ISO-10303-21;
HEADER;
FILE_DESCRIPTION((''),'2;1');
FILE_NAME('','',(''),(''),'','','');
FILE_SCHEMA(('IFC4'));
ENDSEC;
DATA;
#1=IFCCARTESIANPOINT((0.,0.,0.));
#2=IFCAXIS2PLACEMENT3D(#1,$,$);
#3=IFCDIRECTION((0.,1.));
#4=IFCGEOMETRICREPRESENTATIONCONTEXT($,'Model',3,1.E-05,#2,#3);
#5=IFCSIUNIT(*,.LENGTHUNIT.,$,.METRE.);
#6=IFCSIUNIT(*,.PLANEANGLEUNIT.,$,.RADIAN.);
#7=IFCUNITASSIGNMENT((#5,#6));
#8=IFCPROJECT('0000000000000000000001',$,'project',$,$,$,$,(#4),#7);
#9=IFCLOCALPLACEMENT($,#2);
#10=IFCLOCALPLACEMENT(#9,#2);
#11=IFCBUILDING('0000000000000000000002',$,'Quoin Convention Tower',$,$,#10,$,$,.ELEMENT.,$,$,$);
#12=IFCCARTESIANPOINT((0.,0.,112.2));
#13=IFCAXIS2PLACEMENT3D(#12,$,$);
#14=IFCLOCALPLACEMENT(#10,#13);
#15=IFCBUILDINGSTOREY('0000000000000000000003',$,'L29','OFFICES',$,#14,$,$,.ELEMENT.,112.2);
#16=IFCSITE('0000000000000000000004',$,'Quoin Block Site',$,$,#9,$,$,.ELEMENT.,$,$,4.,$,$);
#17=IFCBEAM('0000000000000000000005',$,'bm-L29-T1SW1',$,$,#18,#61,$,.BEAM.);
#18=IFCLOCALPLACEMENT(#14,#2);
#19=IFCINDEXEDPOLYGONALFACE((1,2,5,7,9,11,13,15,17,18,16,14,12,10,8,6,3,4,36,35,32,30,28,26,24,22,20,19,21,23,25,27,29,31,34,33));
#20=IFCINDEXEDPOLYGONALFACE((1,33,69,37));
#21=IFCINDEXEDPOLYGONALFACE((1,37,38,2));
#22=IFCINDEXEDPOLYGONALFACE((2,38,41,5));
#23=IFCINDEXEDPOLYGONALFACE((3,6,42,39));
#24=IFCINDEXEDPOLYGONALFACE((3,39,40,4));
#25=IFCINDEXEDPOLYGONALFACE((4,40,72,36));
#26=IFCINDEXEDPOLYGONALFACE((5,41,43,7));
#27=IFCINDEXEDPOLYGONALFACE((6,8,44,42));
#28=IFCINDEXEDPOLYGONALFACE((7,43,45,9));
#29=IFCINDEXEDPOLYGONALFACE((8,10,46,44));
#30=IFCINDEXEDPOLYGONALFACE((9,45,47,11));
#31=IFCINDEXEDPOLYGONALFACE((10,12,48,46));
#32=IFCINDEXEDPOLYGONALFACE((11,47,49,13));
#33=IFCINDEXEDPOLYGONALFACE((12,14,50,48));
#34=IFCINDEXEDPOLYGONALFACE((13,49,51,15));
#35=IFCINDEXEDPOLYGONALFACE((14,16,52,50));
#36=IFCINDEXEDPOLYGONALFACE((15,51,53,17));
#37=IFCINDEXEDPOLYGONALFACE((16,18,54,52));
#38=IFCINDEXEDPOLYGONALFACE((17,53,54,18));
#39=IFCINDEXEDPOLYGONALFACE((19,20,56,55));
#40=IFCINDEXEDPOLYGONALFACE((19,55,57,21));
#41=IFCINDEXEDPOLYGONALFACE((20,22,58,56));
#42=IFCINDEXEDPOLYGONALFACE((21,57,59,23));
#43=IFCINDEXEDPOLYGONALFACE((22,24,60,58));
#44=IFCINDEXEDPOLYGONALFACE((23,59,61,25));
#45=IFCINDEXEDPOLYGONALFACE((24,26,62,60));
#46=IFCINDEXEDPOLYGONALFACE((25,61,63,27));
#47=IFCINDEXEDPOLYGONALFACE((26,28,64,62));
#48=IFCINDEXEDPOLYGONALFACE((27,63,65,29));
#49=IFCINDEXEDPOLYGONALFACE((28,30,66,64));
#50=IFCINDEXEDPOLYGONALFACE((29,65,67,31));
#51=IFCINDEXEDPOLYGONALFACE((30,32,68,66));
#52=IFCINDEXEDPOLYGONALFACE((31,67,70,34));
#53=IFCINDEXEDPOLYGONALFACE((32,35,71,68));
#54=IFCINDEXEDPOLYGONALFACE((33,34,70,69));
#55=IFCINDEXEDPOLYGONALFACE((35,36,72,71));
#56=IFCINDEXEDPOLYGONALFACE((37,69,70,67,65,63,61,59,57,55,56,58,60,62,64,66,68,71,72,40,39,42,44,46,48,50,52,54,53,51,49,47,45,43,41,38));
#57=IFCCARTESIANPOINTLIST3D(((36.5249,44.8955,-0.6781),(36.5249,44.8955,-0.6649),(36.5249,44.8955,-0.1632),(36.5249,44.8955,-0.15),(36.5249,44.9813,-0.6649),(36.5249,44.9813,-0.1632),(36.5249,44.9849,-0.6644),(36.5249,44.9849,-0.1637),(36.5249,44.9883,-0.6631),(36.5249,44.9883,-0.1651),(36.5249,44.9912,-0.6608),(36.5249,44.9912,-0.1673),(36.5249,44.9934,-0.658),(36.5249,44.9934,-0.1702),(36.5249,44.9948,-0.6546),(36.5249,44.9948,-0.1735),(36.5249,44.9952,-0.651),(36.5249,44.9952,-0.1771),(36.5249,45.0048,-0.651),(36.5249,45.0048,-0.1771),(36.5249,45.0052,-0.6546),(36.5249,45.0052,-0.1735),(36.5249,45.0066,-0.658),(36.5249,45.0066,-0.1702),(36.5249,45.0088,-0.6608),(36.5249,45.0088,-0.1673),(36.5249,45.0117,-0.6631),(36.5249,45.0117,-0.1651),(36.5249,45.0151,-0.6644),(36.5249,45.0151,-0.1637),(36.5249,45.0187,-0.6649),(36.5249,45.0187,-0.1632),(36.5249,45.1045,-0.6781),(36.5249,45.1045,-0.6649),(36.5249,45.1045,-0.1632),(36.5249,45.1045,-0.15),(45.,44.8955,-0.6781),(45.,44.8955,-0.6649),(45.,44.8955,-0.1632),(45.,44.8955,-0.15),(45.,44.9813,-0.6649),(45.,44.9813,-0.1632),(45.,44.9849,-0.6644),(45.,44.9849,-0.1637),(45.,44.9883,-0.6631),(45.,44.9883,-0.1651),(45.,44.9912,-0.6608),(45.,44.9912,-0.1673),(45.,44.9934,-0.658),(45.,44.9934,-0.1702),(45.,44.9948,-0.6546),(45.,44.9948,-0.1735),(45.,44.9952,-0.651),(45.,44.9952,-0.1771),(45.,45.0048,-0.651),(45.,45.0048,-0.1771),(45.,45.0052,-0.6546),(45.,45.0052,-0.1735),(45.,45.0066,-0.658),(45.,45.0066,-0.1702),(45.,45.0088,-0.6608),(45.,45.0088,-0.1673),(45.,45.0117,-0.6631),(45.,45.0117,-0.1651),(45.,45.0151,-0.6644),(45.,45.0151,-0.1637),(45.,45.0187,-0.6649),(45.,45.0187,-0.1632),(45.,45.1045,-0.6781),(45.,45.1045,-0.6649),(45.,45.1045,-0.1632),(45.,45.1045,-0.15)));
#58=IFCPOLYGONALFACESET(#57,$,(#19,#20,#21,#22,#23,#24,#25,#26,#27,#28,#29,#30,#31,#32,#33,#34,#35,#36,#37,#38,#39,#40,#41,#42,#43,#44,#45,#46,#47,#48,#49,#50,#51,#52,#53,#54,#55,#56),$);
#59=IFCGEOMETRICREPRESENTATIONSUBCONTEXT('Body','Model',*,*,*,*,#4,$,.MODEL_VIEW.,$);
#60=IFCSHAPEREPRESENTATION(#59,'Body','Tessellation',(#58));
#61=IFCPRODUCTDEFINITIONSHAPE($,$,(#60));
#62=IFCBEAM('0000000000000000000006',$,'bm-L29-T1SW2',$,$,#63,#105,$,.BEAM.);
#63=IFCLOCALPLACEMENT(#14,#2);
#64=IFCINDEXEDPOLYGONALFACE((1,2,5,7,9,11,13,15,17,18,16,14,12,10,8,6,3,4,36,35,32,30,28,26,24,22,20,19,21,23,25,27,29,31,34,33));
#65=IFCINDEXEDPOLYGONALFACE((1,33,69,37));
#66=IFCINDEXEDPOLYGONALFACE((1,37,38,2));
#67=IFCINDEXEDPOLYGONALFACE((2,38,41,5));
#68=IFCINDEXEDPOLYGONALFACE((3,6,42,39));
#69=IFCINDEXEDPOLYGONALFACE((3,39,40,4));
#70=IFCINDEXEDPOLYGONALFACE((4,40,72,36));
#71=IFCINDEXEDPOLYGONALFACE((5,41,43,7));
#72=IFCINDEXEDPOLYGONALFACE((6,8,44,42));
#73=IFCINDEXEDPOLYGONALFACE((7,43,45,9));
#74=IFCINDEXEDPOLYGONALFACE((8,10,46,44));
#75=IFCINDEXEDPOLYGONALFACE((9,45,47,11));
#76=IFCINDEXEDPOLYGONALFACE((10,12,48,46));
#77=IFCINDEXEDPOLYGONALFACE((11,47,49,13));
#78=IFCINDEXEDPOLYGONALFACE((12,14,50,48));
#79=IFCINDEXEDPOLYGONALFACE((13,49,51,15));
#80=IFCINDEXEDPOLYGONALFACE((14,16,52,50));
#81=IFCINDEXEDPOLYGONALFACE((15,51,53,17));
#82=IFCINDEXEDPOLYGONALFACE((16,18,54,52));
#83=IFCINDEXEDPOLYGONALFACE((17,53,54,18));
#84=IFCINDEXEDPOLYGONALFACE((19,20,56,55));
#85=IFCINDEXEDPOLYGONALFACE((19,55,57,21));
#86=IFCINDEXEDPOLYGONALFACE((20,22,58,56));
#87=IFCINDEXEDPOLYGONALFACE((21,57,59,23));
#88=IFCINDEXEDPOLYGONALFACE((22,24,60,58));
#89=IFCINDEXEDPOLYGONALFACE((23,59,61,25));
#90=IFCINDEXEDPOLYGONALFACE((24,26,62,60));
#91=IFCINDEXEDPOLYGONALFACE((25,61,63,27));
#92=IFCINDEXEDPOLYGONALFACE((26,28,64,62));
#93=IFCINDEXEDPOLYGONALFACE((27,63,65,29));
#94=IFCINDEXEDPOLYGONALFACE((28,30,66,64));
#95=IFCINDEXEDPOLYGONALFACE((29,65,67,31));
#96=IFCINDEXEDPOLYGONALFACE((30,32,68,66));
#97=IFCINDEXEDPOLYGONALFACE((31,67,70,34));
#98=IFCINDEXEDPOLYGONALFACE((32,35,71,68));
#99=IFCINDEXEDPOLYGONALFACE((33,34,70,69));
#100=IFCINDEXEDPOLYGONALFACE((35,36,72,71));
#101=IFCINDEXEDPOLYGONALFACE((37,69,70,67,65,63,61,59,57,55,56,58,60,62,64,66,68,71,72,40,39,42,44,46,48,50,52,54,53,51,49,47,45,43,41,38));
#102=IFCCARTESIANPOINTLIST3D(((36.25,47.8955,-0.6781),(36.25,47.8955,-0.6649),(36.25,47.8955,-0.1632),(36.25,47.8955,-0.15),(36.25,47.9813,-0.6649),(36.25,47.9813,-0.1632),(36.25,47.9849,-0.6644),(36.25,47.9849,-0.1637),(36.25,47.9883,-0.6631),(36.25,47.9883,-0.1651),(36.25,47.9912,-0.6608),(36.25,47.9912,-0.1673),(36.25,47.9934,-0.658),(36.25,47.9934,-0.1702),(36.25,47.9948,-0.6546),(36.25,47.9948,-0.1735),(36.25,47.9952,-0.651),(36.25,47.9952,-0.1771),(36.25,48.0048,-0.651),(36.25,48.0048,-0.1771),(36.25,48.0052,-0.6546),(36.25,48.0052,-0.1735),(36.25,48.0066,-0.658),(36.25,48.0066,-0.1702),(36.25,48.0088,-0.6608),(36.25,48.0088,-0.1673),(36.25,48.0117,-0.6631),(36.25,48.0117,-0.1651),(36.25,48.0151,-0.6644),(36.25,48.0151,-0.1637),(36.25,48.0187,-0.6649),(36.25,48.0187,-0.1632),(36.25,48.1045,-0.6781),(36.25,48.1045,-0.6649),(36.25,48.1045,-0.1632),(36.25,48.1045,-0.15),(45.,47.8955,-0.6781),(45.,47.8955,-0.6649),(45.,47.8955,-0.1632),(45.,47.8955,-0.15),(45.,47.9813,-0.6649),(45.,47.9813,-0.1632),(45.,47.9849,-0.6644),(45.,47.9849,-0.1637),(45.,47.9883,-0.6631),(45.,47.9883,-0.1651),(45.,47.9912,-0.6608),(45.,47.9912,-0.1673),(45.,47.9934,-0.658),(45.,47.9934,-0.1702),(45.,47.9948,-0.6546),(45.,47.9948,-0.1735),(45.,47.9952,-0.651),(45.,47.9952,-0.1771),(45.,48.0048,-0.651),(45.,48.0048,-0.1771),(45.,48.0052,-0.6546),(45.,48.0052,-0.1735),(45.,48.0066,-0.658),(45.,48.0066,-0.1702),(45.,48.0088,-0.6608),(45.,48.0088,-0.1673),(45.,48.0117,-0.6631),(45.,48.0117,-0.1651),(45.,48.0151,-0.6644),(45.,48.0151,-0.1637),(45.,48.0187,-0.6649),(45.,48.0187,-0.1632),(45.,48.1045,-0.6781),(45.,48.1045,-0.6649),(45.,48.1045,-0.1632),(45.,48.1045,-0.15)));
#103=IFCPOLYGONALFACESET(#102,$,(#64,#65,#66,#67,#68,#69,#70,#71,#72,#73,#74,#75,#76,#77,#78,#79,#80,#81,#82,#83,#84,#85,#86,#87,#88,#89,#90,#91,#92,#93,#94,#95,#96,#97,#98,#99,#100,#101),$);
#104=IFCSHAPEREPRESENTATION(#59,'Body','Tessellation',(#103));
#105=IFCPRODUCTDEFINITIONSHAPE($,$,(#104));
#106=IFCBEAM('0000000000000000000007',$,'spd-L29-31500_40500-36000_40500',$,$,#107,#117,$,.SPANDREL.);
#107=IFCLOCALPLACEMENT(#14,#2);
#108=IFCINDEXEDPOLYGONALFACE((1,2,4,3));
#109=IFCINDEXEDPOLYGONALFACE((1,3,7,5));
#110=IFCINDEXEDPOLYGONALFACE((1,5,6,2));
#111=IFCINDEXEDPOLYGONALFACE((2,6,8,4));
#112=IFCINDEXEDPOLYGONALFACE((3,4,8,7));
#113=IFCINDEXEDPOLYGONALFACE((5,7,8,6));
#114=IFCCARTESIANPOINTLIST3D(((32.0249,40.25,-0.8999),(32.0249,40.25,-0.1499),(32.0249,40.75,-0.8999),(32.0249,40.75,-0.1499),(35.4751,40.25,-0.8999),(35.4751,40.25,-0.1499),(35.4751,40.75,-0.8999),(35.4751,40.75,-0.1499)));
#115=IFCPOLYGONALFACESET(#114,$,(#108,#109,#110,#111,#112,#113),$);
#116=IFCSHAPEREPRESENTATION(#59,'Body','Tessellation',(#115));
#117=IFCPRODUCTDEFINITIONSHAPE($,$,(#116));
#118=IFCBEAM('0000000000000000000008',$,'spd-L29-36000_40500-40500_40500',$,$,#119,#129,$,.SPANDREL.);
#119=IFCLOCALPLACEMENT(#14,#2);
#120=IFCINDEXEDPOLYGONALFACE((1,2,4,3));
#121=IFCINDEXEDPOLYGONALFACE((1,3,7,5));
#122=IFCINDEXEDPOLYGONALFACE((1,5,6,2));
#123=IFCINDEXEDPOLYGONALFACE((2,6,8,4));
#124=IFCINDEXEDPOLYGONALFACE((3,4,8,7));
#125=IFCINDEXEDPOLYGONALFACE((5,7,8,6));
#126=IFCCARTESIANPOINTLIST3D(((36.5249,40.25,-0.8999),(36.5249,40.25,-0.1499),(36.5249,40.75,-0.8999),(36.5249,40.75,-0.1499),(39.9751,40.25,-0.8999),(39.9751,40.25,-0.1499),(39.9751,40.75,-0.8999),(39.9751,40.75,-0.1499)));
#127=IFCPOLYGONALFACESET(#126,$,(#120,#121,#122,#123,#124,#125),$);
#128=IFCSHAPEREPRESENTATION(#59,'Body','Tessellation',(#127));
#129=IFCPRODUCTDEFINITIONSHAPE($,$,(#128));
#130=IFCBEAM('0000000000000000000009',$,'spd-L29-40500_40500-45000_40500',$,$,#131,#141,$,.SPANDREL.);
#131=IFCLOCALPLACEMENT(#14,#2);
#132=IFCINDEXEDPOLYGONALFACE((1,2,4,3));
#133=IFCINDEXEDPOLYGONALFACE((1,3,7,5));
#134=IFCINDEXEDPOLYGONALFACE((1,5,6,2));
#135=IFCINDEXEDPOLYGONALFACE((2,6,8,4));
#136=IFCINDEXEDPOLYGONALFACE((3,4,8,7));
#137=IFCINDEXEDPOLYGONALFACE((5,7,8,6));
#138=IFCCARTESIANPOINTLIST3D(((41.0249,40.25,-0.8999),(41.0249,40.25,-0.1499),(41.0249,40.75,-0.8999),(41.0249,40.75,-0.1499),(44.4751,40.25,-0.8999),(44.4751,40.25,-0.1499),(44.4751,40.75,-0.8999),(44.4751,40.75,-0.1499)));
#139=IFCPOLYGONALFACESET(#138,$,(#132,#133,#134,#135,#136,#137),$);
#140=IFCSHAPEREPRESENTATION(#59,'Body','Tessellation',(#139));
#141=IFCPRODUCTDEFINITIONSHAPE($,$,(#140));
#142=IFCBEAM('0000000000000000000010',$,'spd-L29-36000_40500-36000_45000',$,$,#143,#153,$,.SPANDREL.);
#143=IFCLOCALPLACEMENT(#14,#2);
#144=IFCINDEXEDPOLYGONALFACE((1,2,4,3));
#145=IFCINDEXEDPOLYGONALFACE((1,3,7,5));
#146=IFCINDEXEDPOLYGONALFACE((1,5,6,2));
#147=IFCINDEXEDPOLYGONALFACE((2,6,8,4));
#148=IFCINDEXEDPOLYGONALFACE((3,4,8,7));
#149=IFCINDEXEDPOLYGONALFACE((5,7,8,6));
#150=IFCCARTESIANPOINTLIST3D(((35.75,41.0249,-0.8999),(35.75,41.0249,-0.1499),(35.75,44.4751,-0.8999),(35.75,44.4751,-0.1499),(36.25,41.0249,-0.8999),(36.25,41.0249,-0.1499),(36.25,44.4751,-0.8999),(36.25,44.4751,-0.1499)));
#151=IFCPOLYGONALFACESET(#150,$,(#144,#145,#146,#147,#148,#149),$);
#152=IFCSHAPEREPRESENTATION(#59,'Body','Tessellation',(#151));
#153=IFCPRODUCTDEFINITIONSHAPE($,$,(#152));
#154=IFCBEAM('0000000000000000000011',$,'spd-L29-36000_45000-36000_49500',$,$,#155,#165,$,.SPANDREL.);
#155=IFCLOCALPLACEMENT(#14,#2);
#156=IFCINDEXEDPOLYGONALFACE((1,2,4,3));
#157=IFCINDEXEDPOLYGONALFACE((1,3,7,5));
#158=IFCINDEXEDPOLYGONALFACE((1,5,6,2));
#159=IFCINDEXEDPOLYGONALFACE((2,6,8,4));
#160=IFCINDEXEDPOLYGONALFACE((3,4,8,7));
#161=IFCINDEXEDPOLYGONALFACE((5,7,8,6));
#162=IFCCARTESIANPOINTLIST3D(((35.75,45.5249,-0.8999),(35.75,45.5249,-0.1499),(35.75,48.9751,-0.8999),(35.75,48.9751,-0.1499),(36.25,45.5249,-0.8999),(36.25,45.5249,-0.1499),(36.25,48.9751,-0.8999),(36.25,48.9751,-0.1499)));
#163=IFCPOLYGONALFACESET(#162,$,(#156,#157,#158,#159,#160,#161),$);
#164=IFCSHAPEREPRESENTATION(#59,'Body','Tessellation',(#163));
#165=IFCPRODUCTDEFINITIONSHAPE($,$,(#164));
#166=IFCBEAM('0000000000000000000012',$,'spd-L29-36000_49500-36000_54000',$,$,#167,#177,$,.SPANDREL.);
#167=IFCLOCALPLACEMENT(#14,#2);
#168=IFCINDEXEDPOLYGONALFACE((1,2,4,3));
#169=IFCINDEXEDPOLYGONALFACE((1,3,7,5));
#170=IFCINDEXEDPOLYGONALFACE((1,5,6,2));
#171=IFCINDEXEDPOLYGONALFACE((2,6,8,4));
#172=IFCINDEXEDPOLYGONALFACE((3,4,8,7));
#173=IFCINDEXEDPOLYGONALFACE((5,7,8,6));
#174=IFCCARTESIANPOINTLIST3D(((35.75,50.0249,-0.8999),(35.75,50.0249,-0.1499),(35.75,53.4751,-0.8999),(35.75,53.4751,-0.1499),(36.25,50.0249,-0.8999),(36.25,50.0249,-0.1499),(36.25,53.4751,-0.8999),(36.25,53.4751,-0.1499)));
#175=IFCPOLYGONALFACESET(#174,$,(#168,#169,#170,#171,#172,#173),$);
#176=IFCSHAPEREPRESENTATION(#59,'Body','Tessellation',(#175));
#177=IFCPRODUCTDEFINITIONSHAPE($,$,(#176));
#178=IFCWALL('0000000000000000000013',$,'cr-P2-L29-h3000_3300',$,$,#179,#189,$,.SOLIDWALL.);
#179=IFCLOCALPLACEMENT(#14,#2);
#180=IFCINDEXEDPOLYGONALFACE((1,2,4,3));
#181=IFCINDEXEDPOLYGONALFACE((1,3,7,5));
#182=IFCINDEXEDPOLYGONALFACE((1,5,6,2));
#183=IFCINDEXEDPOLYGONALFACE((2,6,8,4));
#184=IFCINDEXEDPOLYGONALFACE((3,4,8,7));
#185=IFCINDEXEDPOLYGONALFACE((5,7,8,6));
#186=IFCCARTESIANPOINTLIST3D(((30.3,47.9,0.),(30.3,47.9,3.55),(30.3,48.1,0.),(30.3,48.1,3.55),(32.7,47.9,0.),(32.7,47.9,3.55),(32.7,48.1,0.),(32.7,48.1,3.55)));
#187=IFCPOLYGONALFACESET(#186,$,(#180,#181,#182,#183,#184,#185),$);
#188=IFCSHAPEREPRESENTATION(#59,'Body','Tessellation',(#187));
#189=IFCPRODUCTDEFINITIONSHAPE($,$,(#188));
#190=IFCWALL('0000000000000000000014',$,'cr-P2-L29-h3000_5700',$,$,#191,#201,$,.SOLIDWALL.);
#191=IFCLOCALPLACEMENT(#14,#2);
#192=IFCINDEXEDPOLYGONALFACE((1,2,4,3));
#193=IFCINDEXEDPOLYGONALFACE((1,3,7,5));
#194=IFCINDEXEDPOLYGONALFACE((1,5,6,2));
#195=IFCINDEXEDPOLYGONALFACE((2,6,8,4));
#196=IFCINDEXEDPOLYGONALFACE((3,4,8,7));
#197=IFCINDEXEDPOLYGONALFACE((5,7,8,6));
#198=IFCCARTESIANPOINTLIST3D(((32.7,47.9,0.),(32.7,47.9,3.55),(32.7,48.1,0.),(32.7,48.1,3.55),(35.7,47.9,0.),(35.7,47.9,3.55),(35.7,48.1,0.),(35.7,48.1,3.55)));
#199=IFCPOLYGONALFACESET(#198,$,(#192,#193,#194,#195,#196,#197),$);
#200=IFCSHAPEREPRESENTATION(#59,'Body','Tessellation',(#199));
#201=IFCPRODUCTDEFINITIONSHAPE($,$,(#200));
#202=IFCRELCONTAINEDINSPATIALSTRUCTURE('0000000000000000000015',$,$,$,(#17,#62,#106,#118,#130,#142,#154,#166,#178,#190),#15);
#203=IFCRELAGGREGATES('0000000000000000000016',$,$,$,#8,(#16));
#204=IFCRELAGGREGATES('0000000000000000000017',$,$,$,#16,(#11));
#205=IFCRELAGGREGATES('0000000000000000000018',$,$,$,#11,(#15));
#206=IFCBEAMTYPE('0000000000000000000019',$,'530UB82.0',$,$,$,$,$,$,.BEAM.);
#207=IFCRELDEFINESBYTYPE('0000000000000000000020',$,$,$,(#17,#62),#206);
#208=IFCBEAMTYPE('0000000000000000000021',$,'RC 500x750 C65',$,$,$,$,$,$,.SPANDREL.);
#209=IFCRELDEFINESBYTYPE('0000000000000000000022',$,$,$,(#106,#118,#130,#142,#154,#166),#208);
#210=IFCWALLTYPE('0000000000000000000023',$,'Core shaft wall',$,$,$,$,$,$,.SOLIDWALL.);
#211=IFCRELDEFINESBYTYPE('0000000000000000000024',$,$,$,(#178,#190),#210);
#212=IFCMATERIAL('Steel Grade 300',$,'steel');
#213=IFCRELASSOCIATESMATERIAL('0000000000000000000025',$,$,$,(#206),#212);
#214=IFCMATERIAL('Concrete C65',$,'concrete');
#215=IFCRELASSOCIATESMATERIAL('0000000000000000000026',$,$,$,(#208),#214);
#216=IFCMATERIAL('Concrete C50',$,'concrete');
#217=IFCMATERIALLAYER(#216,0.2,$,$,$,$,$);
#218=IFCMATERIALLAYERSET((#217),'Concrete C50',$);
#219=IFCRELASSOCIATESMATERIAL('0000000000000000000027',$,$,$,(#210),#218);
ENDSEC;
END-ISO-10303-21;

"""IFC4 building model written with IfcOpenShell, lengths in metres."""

from ifc_helpers import new_model, si_unit, direction, frame, frame_2d, origin, origin_2d, place, context, subcontext, project, spatial, rectangle, i_section, extrude, material, layer, layer_set, material_profile, profile_set, type_object, element, save


model = new_model("IFC4")

# Units and contexts
model_context = context("Model", 3, precision=1e-05, world=origin(), true_north=direction((0.0, 1.0)))
body_context = subcontext(model_context, "Body", "Model", "MODEL_VIEW")
ifc_project = project(units=[si_unit("LENGTHUNIT", "METRE"), si_unit("PLANEANGLEUNIT", "RADIAN")], contexts=[model_context])

# Site, building, storey
site_placement = place(None, origin())
site = spatial("IfcSite", under=ifc_project, at=site_placement, Name="Quoin Block Site", CompositionType="ELEMENT", RefElevation=4.0)
building_placement = place(site_placement, origin())
building = spatial("IfcBuilding", under=site, at=building_placement, Name="Quoin Convention Tower", CompositionType="ELEMENT")
storey_placement = place(building_placement, frame((0.0, 0.0, 112.2)))
storey = spatial("IfcBuildingStorey", under=building, at=storey_placement, Name="L29", Description="OFFICES", CompositionType="ELEMENT", Elevation=112.2)

# Shared definitions
ifc_material_1 = material(Name="Concrete C65", Category="concrete")

# Beams
ifc_material_2 = material(Name="Steel Grade 300", Category="steel")
ifc_material_profile_1 = material_profile(ifc_material_2, i_section(OverallWidth=0.209, OverallDepth=0.5281, WebThickness=0.0095, FlangeThickness=0.0132, FilletRadius=0.0139, at=origin_2d()), Name="530UB82.0")
ifc_profile_set_1 = profile_set([ifc_material_profile_1], Name="Steel Grade 300")
beam_type_1 = type_object("IfcBeamType", Name="530UB82.0", PredefinedType="BEAM", material=ifc_profile_set_1)
beam_1_placement = place(storey_placement, frame((36.5249, 45.0, -0.4141), z_axis=(1.0, 0.0, 0.0), x_axis=(0.0, 1.0, 0.0)))
element("IfcBeam", 1, at=beam_1_placement, inside=storey, type_object=beam_type_1, Name="bm-L29-T1SW1", PredefinedType="BEAM", context=body_context, shape_type="SweptSolid", body=[
    extrude(i_section(OverallWidth=0.209, OverallDepth=0.5281, WebThickness=0.0095, FlangeThickness=0.0132, FilletRadius=0.0139, at=origin_2d()), origin(), (0.0, 0.0, 1.0), 8.4751),
])
beam_2_placement = place(storey_placement, frame((36.25, 48.0, -0.4141), z_axis=(1.0, 0.0, 0.0), x_axis=(0.0, 1.0, 0.0)))
element("IfcBeam", 2, at=beam_2_placement, inside=storey, type_object=beam_type_1, Name="bm-L29-T1SW2", PredefinedType="BEAM", context=body_context, shape_type="SweptSolid", body=[
    extrude(i_section(OverallWidth=0.209, OverallDepth=0.5281, WebThickness=0.0095, FlangeThickness=0.0132, FilletRadius=0.0139, at=origin_2d()), origin(), (0.0, 0.0, 1.0), 8.75),
])
ifc_material_profile_2 = material_profile(ifc_material_1, rectangle(XDim=0.5, YDim=0.75, at=origin_2d()), Name="RC 500x750")
ifc_profile_set_2 = profile_set([ifc_material_profile_2], Name="Concrete C65")
beam_type_2 = type_object("IfcBeamType", Name="RC 500x750 C65", PredefinedType="SPANDREL", material=ifc_profile_set_2)
for number, where, z_axis, x_axis, name in (
    (3, (32.0249, 40.5, -0.5249), (1.0, 0.0, 0.0), (0.0, 1.0, 0.0), "spd-L29-31500_40500-36000_40500"),
    (4, (36.5249, 40.5, -0.5249), (1.0, 0.0, 0.0), (0.0, 1.0, 0.0), "spd-L29-36000_40500-40500_40500"),
    (5, (41.0249, 40.5, -0.5249), (1.0, 0.0, 0.0), (0.0, 1.0, 0.0), "spd-L29-40500_40500-45000_40500"),
    (6, (36.0, 41.0249, -0.5249), (0.0, 1.0, 0.0), (-1.0, 0.0, 0.0), "spd-L29-36000_40500-36000_45000"),
    (7, (36.0, 45.5249, -0.5249), (0.0, 1.0, 0.0), (-1.0, 0.0, 0.0), "spd-L29-36000_45000-36000_49500"),
    (8, (36.0, 50.0249, -0.5249), (0.0, 1.0, 0.0), (-1.0, 0.0, 0.0), "spd-L29-36000_49500-36000_54000"),
):
    element("IfcBeam", number, at=place(storey_placement, frame(where, z_axis=z_axis, x_axis=x_axis)), inside=storey, type_object=beam_type_2, Name=name, PredefinedType="SPANDREL", context=body_context, shape_type="SweptSolid", body=[
        extrude(rectangle(XDim=0.5, YDim=0.75, at=origin_2d()), origin(), (0.0, 0.0, 1.0), 3.4502),
    ])

# Walls
ifc_material_3 = material(Name="Concrete C50", Category="concrete")
ifc_layer_1 = layer(ifc_material_3, 0.2)
ifc_layer_set_1 = layer_set([ifc_layer_1], Name="Concrete C50")
wall_type_1 = type_object("IfcWallType", Name="Core shaft wall", PredefinedType="SOLIDWALL", material=ifc_layer_set_1)
wall_1_placement = place(storey_placement, frame((30.3, 48.0, 0.0), z_axis=(0.0, 0.0, 1.0), x_axis=(1.0, 0.0, 0.0)))
element("IfcWall", 9, at=wall_1_placement, inside=storey, type_object=wall_type_1, Name="cr-P2-L29-h3000_3300", PredefinedType="SOLIDWALL", context=body_context, shape_type="SweptSolid", body=[
    extrude(rectangle(XDim=2.3999, YDim=0.2, at=frame_2d((1.2, 0.0))), origin(), (0.0, 0.0, 1.0), 3.55),
])
wall_2_placement = place(storey_placement, frame((32.7, 48.0, 0.0), z_axis=(0.0, 0.0, 1.0), x_axis=(1.0, 0.0, 0.0)))
element("IfcWall", 10, at=wall_2_placement, inside=storey, type_object=wall_type_1, Name="cr-P2-L29-h3000_5700", PredefinedType="SOLIDWALL", context=body_context, shape_type="SweptSolid", body=[
    extrude(rectangle(XDim=3.0, YDim=0.2, at=frame_2d((1.5, 0.0))), origin(), (0.0, 0.0, 1.0), 3.55),
])

save(model, "model.ifc")
